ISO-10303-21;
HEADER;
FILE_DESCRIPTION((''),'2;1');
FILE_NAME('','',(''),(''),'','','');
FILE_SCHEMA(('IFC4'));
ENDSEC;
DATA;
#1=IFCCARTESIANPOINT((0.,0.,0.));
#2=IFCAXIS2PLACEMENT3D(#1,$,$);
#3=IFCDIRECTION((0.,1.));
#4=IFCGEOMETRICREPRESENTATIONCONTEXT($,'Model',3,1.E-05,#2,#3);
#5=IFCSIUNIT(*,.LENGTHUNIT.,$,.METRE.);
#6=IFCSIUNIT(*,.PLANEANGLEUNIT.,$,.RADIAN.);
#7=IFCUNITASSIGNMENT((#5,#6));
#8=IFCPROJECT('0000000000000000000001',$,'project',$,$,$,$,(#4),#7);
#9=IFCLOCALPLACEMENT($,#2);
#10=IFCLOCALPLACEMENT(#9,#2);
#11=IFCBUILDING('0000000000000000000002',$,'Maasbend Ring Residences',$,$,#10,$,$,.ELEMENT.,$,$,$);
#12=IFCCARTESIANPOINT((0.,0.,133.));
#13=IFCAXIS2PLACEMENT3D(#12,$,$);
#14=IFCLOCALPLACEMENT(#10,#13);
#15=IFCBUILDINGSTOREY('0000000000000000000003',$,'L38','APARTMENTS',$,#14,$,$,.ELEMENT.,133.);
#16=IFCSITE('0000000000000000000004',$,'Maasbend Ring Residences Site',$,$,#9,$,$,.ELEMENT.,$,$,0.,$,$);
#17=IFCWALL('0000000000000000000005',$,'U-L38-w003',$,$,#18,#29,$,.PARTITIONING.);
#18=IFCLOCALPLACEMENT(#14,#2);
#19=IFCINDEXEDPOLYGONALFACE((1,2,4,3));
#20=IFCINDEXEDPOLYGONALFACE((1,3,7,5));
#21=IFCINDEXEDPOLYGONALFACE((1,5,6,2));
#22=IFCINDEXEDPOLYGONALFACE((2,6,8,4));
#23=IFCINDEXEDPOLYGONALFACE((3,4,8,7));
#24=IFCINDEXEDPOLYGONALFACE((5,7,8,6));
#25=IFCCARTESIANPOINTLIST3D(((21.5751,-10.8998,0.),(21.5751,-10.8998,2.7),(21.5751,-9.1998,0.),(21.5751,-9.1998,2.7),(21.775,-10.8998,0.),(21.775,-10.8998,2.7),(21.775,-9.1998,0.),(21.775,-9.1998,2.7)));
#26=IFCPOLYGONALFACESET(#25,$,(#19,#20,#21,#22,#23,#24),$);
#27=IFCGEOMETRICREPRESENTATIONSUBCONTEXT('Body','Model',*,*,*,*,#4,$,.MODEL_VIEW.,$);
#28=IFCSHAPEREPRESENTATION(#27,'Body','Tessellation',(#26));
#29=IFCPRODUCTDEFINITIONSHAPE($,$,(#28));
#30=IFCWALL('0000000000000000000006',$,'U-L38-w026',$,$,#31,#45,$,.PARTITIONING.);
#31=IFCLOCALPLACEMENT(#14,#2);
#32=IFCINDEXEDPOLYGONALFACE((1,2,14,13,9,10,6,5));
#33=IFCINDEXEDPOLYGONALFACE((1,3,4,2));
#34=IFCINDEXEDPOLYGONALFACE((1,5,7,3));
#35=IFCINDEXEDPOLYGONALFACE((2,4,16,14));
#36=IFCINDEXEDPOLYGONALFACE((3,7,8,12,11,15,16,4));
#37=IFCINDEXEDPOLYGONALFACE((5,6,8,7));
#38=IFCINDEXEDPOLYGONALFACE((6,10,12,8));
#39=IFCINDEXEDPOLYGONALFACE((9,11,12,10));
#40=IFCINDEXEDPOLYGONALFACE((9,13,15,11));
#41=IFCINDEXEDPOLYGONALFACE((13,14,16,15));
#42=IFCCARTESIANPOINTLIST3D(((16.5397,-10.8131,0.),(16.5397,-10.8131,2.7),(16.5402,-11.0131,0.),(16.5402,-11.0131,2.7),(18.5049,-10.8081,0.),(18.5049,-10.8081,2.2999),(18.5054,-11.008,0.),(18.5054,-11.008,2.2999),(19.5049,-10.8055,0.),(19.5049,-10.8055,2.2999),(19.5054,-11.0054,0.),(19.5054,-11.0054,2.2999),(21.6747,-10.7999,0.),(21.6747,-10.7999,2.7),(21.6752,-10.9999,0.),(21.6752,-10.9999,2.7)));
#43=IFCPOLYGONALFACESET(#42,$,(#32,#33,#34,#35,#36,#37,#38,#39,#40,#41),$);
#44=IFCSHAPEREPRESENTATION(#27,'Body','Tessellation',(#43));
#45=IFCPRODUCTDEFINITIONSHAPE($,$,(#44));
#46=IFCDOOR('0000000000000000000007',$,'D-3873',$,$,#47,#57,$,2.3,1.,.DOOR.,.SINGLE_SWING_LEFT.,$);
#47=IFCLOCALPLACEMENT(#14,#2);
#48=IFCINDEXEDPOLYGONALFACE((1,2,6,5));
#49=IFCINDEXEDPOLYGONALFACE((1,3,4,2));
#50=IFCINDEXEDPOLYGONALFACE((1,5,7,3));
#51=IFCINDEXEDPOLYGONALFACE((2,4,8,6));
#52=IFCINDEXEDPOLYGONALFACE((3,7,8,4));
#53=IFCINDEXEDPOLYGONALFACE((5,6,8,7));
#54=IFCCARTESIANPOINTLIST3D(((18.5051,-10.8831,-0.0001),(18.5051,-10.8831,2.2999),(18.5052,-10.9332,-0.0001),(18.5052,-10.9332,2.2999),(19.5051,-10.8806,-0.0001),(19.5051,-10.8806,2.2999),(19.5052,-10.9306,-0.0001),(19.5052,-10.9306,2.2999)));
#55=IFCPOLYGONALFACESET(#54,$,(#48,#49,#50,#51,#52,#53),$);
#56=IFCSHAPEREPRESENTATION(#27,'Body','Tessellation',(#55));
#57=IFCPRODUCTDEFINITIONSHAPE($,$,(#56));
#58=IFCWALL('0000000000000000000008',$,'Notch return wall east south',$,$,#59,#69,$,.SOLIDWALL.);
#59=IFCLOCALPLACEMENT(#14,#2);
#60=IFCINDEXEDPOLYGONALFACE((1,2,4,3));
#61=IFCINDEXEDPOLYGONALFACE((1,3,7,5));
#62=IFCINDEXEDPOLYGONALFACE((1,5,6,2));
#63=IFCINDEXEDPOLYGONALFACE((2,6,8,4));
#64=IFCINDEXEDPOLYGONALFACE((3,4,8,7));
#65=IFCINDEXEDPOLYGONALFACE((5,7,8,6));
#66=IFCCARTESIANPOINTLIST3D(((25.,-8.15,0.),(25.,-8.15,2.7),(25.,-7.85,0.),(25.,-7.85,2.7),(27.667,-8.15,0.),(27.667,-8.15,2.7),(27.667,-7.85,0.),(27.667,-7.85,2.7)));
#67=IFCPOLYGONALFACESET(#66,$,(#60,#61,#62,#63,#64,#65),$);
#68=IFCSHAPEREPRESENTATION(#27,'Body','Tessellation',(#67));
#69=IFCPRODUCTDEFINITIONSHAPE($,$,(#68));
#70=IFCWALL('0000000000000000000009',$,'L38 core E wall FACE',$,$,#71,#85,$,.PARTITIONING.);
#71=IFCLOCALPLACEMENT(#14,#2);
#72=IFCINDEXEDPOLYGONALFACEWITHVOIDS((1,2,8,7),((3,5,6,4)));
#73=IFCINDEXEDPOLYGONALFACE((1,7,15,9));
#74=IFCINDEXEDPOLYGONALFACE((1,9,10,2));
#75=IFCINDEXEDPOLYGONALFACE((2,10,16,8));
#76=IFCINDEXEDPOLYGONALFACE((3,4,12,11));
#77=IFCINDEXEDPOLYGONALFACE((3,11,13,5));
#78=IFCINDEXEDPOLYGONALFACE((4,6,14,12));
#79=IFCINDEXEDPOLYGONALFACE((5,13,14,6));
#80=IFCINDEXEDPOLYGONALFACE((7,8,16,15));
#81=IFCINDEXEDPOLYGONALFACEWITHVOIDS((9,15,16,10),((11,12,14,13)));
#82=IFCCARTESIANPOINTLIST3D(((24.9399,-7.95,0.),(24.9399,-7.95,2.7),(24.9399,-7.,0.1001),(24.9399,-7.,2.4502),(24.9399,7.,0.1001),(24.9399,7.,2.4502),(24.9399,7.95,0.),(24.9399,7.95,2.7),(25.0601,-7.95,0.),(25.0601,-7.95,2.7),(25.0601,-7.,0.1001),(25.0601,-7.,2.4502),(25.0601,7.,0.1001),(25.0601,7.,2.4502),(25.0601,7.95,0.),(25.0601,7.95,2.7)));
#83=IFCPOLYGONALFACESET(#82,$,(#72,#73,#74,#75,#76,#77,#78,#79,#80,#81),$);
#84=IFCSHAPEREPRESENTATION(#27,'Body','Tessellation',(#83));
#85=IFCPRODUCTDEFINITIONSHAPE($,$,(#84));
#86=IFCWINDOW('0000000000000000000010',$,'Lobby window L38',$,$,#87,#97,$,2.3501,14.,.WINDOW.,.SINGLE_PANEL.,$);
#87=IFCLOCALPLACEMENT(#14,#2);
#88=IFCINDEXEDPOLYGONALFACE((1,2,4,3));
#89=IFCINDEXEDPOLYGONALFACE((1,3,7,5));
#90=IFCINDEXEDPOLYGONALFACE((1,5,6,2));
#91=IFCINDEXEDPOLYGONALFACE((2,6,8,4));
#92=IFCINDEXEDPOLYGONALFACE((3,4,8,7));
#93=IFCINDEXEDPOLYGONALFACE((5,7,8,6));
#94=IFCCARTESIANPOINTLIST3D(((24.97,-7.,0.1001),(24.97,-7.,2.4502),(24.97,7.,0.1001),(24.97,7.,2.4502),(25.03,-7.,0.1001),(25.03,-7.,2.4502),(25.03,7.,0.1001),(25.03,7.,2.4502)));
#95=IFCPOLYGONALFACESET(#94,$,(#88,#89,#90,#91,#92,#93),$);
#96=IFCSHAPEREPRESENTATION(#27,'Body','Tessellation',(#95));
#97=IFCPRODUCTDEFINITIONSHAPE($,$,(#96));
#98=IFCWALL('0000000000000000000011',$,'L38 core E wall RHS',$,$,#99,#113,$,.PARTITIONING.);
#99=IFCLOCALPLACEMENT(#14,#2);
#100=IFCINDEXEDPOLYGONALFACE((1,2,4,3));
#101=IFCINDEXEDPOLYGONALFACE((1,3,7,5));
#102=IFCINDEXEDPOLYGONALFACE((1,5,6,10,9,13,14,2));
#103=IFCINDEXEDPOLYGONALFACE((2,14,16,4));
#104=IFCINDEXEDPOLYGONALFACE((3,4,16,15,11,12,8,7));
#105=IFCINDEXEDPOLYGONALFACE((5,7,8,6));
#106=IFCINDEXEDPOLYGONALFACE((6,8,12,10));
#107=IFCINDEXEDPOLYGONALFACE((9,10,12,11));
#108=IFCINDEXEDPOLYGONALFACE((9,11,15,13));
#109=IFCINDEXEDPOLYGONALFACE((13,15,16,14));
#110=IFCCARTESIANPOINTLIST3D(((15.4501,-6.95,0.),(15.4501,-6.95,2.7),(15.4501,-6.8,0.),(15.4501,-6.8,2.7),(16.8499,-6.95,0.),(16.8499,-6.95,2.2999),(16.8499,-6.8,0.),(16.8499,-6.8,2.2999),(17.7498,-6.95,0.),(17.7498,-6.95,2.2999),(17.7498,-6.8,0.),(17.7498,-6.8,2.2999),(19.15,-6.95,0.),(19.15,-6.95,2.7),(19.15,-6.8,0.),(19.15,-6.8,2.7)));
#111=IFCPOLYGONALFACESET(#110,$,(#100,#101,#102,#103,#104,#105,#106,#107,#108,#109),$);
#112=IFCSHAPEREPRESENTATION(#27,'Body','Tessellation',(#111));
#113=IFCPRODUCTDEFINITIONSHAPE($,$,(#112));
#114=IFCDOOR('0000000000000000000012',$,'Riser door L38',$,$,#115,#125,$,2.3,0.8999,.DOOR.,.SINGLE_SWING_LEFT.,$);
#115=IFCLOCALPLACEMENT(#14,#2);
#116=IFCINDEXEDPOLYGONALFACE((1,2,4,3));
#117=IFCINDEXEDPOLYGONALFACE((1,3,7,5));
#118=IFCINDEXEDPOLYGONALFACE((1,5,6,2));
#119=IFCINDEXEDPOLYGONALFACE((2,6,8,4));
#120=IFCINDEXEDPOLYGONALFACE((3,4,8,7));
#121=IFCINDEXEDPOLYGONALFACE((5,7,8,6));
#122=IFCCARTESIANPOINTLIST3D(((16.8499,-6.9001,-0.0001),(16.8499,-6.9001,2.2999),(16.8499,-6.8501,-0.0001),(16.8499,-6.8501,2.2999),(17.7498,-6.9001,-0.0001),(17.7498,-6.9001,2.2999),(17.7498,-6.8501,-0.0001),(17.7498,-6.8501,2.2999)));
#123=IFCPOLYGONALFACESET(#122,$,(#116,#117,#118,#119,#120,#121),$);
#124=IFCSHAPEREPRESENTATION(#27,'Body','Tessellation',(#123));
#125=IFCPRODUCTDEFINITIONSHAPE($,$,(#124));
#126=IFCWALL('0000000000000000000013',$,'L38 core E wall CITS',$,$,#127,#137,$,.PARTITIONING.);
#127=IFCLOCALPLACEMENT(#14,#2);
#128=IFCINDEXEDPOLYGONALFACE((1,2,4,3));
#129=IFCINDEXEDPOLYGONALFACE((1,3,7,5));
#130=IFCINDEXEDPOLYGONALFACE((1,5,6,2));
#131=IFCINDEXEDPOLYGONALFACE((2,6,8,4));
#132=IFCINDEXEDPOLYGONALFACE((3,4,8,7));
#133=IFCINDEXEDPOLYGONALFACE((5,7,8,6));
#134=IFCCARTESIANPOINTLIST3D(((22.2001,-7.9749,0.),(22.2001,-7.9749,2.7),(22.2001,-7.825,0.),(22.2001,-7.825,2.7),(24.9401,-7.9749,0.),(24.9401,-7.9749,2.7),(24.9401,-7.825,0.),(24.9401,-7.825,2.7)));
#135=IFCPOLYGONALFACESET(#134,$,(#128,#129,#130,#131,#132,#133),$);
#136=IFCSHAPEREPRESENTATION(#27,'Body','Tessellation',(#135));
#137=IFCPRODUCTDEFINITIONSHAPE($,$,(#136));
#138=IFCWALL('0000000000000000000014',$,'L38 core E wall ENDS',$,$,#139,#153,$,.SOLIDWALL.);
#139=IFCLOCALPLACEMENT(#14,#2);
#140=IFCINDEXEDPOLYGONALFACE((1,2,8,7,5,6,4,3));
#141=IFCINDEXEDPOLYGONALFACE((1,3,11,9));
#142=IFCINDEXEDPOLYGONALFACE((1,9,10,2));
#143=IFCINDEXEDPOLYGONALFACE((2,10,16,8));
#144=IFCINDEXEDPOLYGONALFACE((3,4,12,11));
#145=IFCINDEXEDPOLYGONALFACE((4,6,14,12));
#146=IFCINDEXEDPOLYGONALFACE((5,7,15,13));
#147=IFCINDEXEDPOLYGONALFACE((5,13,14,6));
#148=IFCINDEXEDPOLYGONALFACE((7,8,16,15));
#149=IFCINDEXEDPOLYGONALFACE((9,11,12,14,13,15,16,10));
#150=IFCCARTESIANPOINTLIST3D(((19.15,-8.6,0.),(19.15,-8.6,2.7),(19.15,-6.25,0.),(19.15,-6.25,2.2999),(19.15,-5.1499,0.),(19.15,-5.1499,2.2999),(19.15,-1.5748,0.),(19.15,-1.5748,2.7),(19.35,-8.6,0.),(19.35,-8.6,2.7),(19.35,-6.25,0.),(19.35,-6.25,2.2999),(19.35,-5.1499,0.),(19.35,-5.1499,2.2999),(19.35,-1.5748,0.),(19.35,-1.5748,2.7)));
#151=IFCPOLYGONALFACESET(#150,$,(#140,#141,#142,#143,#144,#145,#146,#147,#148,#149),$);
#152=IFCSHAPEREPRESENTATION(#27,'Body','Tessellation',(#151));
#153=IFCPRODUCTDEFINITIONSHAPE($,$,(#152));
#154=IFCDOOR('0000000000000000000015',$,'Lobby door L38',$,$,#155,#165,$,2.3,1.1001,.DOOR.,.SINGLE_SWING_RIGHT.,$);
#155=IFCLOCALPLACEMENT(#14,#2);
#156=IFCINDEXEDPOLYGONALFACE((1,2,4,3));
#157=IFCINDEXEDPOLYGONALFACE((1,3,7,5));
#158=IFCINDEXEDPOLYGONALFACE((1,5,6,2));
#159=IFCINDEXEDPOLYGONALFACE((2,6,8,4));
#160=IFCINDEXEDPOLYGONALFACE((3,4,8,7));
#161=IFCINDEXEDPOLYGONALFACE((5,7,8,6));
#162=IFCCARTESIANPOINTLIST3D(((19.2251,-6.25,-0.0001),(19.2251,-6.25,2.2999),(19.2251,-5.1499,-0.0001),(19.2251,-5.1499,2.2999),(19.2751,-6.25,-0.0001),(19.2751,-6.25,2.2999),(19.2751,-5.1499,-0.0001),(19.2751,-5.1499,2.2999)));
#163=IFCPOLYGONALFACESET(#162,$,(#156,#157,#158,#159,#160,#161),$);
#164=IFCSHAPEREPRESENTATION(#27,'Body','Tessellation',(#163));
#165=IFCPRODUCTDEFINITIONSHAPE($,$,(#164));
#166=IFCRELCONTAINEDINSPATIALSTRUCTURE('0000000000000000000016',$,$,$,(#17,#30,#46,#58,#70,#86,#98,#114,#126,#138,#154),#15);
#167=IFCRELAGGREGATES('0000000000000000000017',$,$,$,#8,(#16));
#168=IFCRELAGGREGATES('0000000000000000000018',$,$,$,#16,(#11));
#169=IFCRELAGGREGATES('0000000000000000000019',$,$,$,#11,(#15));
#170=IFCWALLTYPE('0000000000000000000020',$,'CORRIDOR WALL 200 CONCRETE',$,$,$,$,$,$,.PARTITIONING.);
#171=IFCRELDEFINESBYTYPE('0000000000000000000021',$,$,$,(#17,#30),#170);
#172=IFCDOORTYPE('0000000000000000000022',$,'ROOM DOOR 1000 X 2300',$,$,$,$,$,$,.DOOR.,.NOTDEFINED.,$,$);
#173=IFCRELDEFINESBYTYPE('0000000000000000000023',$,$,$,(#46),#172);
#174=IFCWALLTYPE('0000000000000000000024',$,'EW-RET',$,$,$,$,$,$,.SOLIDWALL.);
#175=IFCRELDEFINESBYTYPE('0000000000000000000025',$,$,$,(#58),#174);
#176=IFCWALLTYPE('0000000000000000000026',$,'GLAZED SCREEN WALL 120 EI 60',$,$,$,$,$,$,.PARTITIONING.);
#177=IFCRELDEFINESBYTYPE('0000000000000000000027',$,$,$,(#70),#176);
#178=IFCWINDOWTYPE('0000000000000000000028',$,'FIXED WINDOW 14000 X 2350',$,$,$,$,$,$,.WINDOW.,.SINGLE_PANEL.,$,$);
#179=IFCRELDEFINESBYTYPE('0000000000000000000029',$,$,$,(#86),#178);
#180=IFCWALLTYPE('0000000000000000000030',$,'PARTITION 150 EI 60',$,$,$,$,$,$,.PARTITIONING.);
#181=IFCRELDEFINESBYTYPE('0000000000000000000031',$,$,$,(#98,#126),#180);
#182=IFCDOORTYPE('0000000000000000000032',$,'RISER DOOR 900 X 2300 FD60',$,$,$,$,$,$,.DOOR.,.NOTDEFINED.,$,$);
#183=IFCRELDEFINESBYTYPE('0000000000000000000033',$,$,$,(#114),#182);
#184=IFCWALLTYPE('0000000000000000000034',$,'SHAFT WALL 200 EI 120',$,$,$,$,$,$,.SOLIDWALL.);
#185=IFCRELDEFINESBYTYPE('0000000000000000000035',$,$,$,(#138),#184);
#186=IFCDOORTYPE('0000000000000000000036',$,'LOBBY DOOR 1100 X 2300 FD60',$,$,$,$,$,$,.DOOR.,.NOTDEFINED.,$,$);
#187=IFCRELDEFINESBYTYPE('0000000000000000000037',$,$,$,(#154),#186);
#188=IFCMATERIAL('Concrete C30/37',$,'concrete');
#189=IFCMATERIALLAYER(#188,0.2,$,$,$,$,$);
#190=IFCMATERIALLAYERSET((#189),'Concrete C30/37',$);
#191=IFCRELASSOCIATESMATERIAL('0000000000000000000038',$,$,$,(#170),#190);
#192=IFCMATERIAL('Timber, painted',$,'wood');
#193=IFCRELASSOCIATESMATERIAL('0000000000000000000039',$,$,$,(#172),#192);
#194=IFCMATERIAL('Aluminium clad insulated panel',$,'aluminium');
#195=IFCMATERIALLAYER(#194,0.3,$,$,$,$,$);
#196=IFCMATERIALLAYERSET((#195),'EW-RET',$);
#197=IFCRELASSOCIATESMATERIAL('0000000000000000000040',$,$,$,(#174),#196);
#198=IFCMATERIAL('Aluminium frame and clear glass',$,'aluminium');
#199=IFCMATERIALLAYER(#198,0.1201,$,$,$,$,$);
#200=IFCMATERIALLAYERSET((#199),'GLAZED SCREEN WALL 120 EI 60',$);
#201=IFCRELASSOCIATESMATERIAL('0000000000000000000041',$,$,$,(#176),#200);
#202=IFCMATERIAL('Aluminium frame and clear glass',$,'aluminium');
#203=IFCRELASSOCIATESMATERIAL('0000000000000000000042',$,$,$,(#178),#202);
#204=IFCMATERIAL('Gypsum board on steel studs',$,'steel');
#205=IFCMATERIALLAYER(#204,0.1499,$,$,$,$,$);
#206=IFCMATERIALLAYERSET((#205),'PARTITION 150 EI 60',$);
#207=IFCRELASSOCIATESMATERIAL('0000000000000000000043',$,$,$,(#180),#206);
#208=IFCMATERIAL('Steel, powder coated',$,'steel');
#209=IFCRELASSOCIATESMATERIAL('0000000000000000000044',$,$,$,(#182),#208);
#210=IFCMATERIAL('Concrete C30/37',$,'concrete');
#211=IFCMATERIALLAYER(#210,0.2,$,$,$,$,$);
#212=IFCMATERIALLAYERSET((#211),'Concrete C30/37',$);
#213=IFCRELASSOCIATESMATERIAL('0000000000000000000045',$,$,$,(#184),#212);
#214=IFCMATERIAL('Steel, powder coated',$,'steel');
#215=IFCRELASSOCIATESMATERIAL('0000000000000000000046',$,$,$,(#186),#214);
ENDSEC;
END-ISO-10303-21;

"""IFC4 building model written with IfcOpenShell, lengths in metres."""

from ifc_helpers import new_model, si_unit, direction, frame, frame_2d, origin, place, context, subcontext, project, spatial, rectangle, extrude, material, layer, layer_set, type_object, element, fill, save


model = new_model("IFC4")

# Units and contexts
model_context = context("Model", 3, precision=1e-05, world=origin(), true_north=direction((0.0, 1.0)))
body_context = subcontext(model_context, "Body", "Model", "MODEL_VIEW")
ifc_project = project(units=[si_unit("LENGTHUNIT", "METRE"), si_unit("PLANEANGLEUNIT", "RADIAN")], contexts=[model_context])

# Site, building, storey
site_placement = place(None, origin())
site = spatial("IfcSite", under=ifc_project, at=site_placement, Name="Maasbend Ring Residences Site", CompositionType="ELEMENT", RefElevation=0.0)
building_placement = place(site_placement, origin())
building = spatial("IfcBuilding", under=site, at=building_placement, Name="Maasbend Ring Residences", CompositionType="ELEMENT")
storey_placement = place(building_placement, frame((0.0, 0.0, 133.0)))
storey = spatial("IfcBuildingStorey", under=building, at=storey_placement, Name="L38", Description="APARTMENTS", CompositionType="ELEMENT", Elevation=133.0)

# Wall
ifc_material_1 = material(Name="Concrete C30/37", Category="concrete")
ifc_layer_1 = layer(ifc_material_1, 0.2)
ifc_layer_set_1 = layer_set([ifc_layer_1], Name="Concrete C30/37")
wall_type_1 = type_object("IfcWallType", Name="CORRIDOR WALL 200 CONCRETE", PredefinedType="PARTITIONING", material=ifc_layer_set_1)
wall_1_placement = place(storey_placement, frame((21.675, -10.8999, 0.0), z_axis=(0.0, 0.0, 1.0), x_axis=(0.0, 1.0, 0.0)))
element("IfcWall", 1, at=wall_1_placement, inside=storey, type_object=wall_type_1, Name="U-L38-w003", PredefinedType="PARTITIONING", context=body_context, shape_type="SweptSolid", body=[
    extrude(rectangle(XDim=1.7, YDim=0.2, at=frame_2d((0.8501, 0.0))), origin(), (0.0, 0.0, 1.0), 2.7),
])

# Wall, opening, door
wall_2_placement = place(storey_placement, frame((16.54, -10.9131, 0.0), z_axis=(0.0, 0.0, 1.0), x_axis=(0.999997, 0.002567, 0.0)))
wall_2 = element("IfcWall", 2, at=wall_2_placement, inside=storey, type_object=wall_type_1, Name="U-L38-w026", PredefinedType="PARTITIONING", context=body_context, shape_type="SweptSolid", body=[
    extrude(rectangle(XDim=5.135, YDim=0.2, at=frame_2d((2.5674, 0.0))), origin(), (0.0, 0.0, 1.0), 2.7),
])
opening_1_placement = place(wall_2_placement, frame((1.9651, 0.0, 0.0)))
opening_1 = element("IfcOpeningElement", 3, at=opening_1_placement, cuts=wall_2, PredefinedType="OPENING", context=body_context, shape_type="SweptSolid", body=[
    extrude(rectangle(XDim=1.0, YDim=2.3, at=frame_2d((0.5, 1.1499))), frame((0.0, 0.1099, 0.0), z_axis=(0.0, -1.0, 0.0), x_axis=(1.0, 0.0, 0.0)), (0.0, 0.0, 1.0), 0.22),
])
ifc_material_2 = material(Name="Timber, painted", Category="wood")
door_type_1 = type_object("IfcDoorType", Name="ROOM DOOR 1000 X 2300", OperationType="NOTDEFINED", PredefinedType="DOOR", material=ifc_material_2)
door_1_placement = place(opening_1_placement, origin())
door_1 = element("IfcDoor", 4, at=door_1_placement, inside=storey, type_object=door_type_1, Name="D-3873", OperationType="SINGLE_SWING_LEFT", OverallHeight=2.3, OverallWidth=1.0, PredefinedType="DOOR", context=body_context, shape_type="SweptSolid", body=[
    extrude(rectangle(XDim=1.0, YDim=2.3, at=frame_2d((0.5, 1.1499))), frame((0.0, 0.0249, 0.0), z_axis=(0.0, -1.0, 0.0), x_axis=(1.0, 0.0, 0.0)), (0.0, 0.0, 1.0), 0.05),
])
fill(opening_1, door_1)

# Wall
ifc_material_3 = material(Name="Aluminium clad insulated panel", Category="aluminium")
ifc_layer_2 = layer(ifc_material_3, 0.3)
ifc_layer_set_2 = layer_set([ifc_layer_2], Name="EW-RET")
wall_type_2 = type_object("IfcWallType", Name="EW-RET", PredefinedType="SOLIDWALL", material=ifc_layer_set_2)
wall_3_placement = place(storey_placement, frame((25.0, -8.0, 0.0), z_axis=(0.0, 0.0, 1.0), x_axis=(1.0, 0.0, 0.0)))
element("IfcWall", 5, at=wall_3_placement, inside=storey, type_object=wall_type_2, Name="Notch return wall east south", PredefinedType="SOLIDWALL", context=body_context, shape_type="SweptSolid", body=[
    extrude(rectangle(XDim=2.667, YDim=0.3, at=frame_2d((1.3335, 0.0))), origin(), (0.0, 0.0, 1.0), 2.7),
])

# Wall, opening, window
ifc_material_4 = material(Name="Aluminium frame and clear glass", Category="aluminium")
ifc_layer_3 = layer(ifc_material_4, 0.1201)
ifc_layer_set_3 = layer_set([ifc_layer_3], Name="GLAZED SCREEN WALL 120 EI 60")
wall_type_3 = type_object("IfcWallType", Name="GLAZED SCREEN WALL 120 EI 60", PredefinedType="PARTITIONING", material=ifc_layer_set_3)
wall_4_placement = place(storey_placement, frame((25.0, -7.95, 0.0), z_axis=(0.0, 0.0, 1.0), x_axis=(0.0, 1.0, 0.0)))
wall_4 = element("IfcWall", 6, at=wall_4_placement, inside=storey, type_object=wall_type_3, Name="L38 core E wall FACE", PredefinedType="PARTITIONING", context=body_context, shape_type="SweptSolid", body=[
    extrude(rectangle(XDim=15.8999, YDim=0.1201, at=frame_2d((7.95, 0.0))), origin(), (0.0, 0.0, 1.0), 2.7),
])
opening_2_placement = place(wall_4_placement, frame((0.95, 0.0, 0.1001)))
opening_2 = element("IfcOpeningElement", 7, at=opening_2_placement, cuts=wall_4, PredefinedType="OPENING", context=body_context, shape_type="SweptSolid", body=[
    extrude(rectangle(XDim=14.0, YDim=2.3501, at=frame_2d((7.0, 1.175))), frame((0.0, 0.0701, 0.0), z_axis=(0.0, -1.0, 0.0), x_axis=(1.0, 0.0, 0.0)), (0.0, 0.0, 1.0), 0.1401),
])
ifc_material_5 = material(Name="Aluminium frame and clear glass", Category="aluminium")
window_type = type_object("IfcWindowType", Name="FIXED WINDOW 14000 X 2350", PartitioningType="SINGLE_PANEL", PredefinedType="WINDOW", material=ifc_material_5)
window_placement = place(opening_2_placement, origin())
window = element("IfcWindow", 8, at=window_placement, inside=storey, type_object=window_type, Name="Lobby window L38", OverallHeight=2.3501, OverallWidth=14.0, PartitioningType="SINGLE_PANEL", PredefinedType="WINDOW", context=body_context, shape_type="SweptSolid", body=[
    extrude(rectangle(XDim=14.0, YDim=2.3501, at=frame_2d((7.0, 1.175))), frame((0.0, 0.03, 0.0), z_axis=(0.0, -1.0, 0.0), x_axis=(1.0, 0.0, 0.0)), (0.0, 0.0, 1.0), 0.0601),
])
fill(opening_2, window)

# Wall, opening, door
ifc_material_6 = material(Name="Gypsum board on steel studs", Category="steel")
ifc_layer_4 = layer(ifc_material_6, 0.1499)
ifc_layer_set_4 = layer_set([ifc_layer_4], Name="PARTITION 150 EI 60")
wall_type_4 = type_object("IfcWallType", Name="PARTITION 150 EI 60", PredefinedType="PARTITIONING", material=ifc_layer_set_4)
wall_5_placement = place(storey_placement, frame((15.45, -6.875, 0.0), z_axis=(0.0, 0.0, 1.0), x_axis=(1.0, 0.0, 0.0)))
wall_5 = element("IfcWall", 9, at=wall_5_placement, inside=storey, type_object=wall_type_4, Name="L38 core E wall RHS", PredefinedType="PARTITIONING", context=body_context, shape_type="SweptSolid", body=[
    extrude(rectangle(XDim=3.7, YDim=0.1499, at=frame_2d((1.8501, 0.0))), origin(), (0.0, 0.0, 1.0), 2.7),
])
opening_3_placement = place(wall_5_placement, frame((1.3999, 0.0, 0.0)))
opening_3 = element("IfcOpeningElement", 10, at=opening_3_placement, cuts=wall_5, PredefinedType="OPENING", context=body_context, shape_type="SweptSolid", body=[
    extrude(rectangle(XDim=0.8999, YDim=2.3, at=frame_2d((0.45, 1.1499))), frame((0.0, 0.085, 0.0), z_axis=(0.0, -1.0, 0.0), x_axis=(1.0, 0.0, 0.0)), (0.0, 0.0, 1.0), 0.1699),
])
ifc_material_7 = material(Name="Steel, powder coated", Category="steel")
door_type_2 = type_object("IfcDoorType", Name="RISER DOOR 900 X 2300 FD60", OperationType="NOTDEFINED", PredefinedType="DOOR", material=ifc_material_7)
door_2_placement = place(opening_3_placement, origin())
door_2 = element("IfcDoor", 11, at=door_2_placement, inside=storey, type_object=door_type_2, Name="Riser door L38", OperationType="SINGLE_SWING_LEFT", OverallHeight=2.3, OverallWidth=0.8999, PredefinedType="DOOR", context=body_context, shape_type="SweptSolid", body=[
    extrude(rectangle(XDim=0.8999, YDim=2.3, at=frame_2d((0.45, 1.1499))), frame((0.0, 0.0249, 0.0), z_axis=(0.0, -1.0, 0.0), x_axis=(1.0, 0.0, 0.0)), (0.0, 0.0, 1.0), 0.05),
])
fill(opening_3, door_2)

# Wall
wall_6_placement = place(storey_placement, frame((22.2, -7.8999, 0.0), z_axis=(0.0, 0.0, 1.0), x_axis=(1.0, 0.0, 0.0)))
element("IfcWall", 12, at=wall_6_placement, inside=storey, type_object=wall_type_4, Name="L38 core E wall CITS", PredefinedType="PARTITIONING", context=body_context, shape_type="SweptSolid", body=[
    extrude(rectangle(XDim=2.74, YDim=0.1499, at=frame_2d((1.3701, 0.0))), origin(), (0.0, 0.0, 1.0), 2.7),
])

# Wall, opening, door
ifc_material_8 = material(Name="Concrete C30/37", Category="concrete")
ifc_layer_5 = layer(ifc_material_8, 0.2)
ifc_layer_set_5 = layer_set([ifc_layer_5], Name="Concrete C30/37")
wall_type_5 = type_object("IfcWallType", Name="SHAFT WALL 200 EI 120", PredefinedType="SOLIDWALL", material=ifc_layer_set_5)
wall_7_placement = place(storey_placement, frame((19.25, -8.6001, 0.0), z_axis=(0.0, 0.0, 1.0), x_axis=(0.0, 1.0, 0.0)))
wall_7 = element("IfcWall", 13, at=wall_7_placement, inside=storey, type_object=wall_type_5, Name="L38 core E wall ENDS", PredefinedType="SOLIDWALL", context=body_context, shape_type="SweptSolid", body=[
    extrude(rectangle(XDim=7.0251, YDim=0.2, at=frame_2d((3.5127, 0.0))), origin(), (0.0, 0.0, 1.0), 2.7),
])
opening_4_placement = place(wall_7_placement, frame((2.3501, 0.0, 0.0)))
opening_4 = element("IfcOpeningElement", 14, at=opening_4_placement, cuts=wall_7, PredefinedType="OPENING", context=body_context, shape_type="SweptSolid", body=[
    extrude(rectangle(XDim=1.1001, YDim=2.3, at=frame_2d((0.55, 1.1499))), frame((0.0, 0.1099, 0.0), z_axis=(0.0, -1.0, 0.0), x_axis=(1.0, 0.0, 0.0)), (0.0, 0.0, 1.0), 0.22),
])
ifc_material_9 = material(Name="Steel, powder coated", Category="steel")
door_type_3 = type_object("IfcDoorType", Name="LOBBY DOOR 1100 X 2300 FD60", OperationType="NOTDEFINED", PredefinedType="DOOR", material=ifc_material_9)
door_3_placement = place(opening_4_placement, origin())
door_3 = element("IfcDoor", 15, at=door_3_placement, inside=storey, type_object=door_type_3, Name="Lobby door L38", OperationType="SINGLE_SWING_RIGHT", OverallHeight=2.3, OverallWidth=1.1001, PredefinedType="DOOR", context=body_context, shape_type="SweptSolid", body=[
    extrude(rectangle(XDim=1.1001, YDim=2.3, at=frame_2d((0.55, 1.1499))), frame((0.0, 0.0249, 0.0), z_axis=(0.0, -1.0, 0.0), x_axis=(1.0, 0.0, 0.0)), (0.0, 0.0, 1.0), 0.05),
])
fill(opening_4, door_3)

save(model, "model.ifc")
